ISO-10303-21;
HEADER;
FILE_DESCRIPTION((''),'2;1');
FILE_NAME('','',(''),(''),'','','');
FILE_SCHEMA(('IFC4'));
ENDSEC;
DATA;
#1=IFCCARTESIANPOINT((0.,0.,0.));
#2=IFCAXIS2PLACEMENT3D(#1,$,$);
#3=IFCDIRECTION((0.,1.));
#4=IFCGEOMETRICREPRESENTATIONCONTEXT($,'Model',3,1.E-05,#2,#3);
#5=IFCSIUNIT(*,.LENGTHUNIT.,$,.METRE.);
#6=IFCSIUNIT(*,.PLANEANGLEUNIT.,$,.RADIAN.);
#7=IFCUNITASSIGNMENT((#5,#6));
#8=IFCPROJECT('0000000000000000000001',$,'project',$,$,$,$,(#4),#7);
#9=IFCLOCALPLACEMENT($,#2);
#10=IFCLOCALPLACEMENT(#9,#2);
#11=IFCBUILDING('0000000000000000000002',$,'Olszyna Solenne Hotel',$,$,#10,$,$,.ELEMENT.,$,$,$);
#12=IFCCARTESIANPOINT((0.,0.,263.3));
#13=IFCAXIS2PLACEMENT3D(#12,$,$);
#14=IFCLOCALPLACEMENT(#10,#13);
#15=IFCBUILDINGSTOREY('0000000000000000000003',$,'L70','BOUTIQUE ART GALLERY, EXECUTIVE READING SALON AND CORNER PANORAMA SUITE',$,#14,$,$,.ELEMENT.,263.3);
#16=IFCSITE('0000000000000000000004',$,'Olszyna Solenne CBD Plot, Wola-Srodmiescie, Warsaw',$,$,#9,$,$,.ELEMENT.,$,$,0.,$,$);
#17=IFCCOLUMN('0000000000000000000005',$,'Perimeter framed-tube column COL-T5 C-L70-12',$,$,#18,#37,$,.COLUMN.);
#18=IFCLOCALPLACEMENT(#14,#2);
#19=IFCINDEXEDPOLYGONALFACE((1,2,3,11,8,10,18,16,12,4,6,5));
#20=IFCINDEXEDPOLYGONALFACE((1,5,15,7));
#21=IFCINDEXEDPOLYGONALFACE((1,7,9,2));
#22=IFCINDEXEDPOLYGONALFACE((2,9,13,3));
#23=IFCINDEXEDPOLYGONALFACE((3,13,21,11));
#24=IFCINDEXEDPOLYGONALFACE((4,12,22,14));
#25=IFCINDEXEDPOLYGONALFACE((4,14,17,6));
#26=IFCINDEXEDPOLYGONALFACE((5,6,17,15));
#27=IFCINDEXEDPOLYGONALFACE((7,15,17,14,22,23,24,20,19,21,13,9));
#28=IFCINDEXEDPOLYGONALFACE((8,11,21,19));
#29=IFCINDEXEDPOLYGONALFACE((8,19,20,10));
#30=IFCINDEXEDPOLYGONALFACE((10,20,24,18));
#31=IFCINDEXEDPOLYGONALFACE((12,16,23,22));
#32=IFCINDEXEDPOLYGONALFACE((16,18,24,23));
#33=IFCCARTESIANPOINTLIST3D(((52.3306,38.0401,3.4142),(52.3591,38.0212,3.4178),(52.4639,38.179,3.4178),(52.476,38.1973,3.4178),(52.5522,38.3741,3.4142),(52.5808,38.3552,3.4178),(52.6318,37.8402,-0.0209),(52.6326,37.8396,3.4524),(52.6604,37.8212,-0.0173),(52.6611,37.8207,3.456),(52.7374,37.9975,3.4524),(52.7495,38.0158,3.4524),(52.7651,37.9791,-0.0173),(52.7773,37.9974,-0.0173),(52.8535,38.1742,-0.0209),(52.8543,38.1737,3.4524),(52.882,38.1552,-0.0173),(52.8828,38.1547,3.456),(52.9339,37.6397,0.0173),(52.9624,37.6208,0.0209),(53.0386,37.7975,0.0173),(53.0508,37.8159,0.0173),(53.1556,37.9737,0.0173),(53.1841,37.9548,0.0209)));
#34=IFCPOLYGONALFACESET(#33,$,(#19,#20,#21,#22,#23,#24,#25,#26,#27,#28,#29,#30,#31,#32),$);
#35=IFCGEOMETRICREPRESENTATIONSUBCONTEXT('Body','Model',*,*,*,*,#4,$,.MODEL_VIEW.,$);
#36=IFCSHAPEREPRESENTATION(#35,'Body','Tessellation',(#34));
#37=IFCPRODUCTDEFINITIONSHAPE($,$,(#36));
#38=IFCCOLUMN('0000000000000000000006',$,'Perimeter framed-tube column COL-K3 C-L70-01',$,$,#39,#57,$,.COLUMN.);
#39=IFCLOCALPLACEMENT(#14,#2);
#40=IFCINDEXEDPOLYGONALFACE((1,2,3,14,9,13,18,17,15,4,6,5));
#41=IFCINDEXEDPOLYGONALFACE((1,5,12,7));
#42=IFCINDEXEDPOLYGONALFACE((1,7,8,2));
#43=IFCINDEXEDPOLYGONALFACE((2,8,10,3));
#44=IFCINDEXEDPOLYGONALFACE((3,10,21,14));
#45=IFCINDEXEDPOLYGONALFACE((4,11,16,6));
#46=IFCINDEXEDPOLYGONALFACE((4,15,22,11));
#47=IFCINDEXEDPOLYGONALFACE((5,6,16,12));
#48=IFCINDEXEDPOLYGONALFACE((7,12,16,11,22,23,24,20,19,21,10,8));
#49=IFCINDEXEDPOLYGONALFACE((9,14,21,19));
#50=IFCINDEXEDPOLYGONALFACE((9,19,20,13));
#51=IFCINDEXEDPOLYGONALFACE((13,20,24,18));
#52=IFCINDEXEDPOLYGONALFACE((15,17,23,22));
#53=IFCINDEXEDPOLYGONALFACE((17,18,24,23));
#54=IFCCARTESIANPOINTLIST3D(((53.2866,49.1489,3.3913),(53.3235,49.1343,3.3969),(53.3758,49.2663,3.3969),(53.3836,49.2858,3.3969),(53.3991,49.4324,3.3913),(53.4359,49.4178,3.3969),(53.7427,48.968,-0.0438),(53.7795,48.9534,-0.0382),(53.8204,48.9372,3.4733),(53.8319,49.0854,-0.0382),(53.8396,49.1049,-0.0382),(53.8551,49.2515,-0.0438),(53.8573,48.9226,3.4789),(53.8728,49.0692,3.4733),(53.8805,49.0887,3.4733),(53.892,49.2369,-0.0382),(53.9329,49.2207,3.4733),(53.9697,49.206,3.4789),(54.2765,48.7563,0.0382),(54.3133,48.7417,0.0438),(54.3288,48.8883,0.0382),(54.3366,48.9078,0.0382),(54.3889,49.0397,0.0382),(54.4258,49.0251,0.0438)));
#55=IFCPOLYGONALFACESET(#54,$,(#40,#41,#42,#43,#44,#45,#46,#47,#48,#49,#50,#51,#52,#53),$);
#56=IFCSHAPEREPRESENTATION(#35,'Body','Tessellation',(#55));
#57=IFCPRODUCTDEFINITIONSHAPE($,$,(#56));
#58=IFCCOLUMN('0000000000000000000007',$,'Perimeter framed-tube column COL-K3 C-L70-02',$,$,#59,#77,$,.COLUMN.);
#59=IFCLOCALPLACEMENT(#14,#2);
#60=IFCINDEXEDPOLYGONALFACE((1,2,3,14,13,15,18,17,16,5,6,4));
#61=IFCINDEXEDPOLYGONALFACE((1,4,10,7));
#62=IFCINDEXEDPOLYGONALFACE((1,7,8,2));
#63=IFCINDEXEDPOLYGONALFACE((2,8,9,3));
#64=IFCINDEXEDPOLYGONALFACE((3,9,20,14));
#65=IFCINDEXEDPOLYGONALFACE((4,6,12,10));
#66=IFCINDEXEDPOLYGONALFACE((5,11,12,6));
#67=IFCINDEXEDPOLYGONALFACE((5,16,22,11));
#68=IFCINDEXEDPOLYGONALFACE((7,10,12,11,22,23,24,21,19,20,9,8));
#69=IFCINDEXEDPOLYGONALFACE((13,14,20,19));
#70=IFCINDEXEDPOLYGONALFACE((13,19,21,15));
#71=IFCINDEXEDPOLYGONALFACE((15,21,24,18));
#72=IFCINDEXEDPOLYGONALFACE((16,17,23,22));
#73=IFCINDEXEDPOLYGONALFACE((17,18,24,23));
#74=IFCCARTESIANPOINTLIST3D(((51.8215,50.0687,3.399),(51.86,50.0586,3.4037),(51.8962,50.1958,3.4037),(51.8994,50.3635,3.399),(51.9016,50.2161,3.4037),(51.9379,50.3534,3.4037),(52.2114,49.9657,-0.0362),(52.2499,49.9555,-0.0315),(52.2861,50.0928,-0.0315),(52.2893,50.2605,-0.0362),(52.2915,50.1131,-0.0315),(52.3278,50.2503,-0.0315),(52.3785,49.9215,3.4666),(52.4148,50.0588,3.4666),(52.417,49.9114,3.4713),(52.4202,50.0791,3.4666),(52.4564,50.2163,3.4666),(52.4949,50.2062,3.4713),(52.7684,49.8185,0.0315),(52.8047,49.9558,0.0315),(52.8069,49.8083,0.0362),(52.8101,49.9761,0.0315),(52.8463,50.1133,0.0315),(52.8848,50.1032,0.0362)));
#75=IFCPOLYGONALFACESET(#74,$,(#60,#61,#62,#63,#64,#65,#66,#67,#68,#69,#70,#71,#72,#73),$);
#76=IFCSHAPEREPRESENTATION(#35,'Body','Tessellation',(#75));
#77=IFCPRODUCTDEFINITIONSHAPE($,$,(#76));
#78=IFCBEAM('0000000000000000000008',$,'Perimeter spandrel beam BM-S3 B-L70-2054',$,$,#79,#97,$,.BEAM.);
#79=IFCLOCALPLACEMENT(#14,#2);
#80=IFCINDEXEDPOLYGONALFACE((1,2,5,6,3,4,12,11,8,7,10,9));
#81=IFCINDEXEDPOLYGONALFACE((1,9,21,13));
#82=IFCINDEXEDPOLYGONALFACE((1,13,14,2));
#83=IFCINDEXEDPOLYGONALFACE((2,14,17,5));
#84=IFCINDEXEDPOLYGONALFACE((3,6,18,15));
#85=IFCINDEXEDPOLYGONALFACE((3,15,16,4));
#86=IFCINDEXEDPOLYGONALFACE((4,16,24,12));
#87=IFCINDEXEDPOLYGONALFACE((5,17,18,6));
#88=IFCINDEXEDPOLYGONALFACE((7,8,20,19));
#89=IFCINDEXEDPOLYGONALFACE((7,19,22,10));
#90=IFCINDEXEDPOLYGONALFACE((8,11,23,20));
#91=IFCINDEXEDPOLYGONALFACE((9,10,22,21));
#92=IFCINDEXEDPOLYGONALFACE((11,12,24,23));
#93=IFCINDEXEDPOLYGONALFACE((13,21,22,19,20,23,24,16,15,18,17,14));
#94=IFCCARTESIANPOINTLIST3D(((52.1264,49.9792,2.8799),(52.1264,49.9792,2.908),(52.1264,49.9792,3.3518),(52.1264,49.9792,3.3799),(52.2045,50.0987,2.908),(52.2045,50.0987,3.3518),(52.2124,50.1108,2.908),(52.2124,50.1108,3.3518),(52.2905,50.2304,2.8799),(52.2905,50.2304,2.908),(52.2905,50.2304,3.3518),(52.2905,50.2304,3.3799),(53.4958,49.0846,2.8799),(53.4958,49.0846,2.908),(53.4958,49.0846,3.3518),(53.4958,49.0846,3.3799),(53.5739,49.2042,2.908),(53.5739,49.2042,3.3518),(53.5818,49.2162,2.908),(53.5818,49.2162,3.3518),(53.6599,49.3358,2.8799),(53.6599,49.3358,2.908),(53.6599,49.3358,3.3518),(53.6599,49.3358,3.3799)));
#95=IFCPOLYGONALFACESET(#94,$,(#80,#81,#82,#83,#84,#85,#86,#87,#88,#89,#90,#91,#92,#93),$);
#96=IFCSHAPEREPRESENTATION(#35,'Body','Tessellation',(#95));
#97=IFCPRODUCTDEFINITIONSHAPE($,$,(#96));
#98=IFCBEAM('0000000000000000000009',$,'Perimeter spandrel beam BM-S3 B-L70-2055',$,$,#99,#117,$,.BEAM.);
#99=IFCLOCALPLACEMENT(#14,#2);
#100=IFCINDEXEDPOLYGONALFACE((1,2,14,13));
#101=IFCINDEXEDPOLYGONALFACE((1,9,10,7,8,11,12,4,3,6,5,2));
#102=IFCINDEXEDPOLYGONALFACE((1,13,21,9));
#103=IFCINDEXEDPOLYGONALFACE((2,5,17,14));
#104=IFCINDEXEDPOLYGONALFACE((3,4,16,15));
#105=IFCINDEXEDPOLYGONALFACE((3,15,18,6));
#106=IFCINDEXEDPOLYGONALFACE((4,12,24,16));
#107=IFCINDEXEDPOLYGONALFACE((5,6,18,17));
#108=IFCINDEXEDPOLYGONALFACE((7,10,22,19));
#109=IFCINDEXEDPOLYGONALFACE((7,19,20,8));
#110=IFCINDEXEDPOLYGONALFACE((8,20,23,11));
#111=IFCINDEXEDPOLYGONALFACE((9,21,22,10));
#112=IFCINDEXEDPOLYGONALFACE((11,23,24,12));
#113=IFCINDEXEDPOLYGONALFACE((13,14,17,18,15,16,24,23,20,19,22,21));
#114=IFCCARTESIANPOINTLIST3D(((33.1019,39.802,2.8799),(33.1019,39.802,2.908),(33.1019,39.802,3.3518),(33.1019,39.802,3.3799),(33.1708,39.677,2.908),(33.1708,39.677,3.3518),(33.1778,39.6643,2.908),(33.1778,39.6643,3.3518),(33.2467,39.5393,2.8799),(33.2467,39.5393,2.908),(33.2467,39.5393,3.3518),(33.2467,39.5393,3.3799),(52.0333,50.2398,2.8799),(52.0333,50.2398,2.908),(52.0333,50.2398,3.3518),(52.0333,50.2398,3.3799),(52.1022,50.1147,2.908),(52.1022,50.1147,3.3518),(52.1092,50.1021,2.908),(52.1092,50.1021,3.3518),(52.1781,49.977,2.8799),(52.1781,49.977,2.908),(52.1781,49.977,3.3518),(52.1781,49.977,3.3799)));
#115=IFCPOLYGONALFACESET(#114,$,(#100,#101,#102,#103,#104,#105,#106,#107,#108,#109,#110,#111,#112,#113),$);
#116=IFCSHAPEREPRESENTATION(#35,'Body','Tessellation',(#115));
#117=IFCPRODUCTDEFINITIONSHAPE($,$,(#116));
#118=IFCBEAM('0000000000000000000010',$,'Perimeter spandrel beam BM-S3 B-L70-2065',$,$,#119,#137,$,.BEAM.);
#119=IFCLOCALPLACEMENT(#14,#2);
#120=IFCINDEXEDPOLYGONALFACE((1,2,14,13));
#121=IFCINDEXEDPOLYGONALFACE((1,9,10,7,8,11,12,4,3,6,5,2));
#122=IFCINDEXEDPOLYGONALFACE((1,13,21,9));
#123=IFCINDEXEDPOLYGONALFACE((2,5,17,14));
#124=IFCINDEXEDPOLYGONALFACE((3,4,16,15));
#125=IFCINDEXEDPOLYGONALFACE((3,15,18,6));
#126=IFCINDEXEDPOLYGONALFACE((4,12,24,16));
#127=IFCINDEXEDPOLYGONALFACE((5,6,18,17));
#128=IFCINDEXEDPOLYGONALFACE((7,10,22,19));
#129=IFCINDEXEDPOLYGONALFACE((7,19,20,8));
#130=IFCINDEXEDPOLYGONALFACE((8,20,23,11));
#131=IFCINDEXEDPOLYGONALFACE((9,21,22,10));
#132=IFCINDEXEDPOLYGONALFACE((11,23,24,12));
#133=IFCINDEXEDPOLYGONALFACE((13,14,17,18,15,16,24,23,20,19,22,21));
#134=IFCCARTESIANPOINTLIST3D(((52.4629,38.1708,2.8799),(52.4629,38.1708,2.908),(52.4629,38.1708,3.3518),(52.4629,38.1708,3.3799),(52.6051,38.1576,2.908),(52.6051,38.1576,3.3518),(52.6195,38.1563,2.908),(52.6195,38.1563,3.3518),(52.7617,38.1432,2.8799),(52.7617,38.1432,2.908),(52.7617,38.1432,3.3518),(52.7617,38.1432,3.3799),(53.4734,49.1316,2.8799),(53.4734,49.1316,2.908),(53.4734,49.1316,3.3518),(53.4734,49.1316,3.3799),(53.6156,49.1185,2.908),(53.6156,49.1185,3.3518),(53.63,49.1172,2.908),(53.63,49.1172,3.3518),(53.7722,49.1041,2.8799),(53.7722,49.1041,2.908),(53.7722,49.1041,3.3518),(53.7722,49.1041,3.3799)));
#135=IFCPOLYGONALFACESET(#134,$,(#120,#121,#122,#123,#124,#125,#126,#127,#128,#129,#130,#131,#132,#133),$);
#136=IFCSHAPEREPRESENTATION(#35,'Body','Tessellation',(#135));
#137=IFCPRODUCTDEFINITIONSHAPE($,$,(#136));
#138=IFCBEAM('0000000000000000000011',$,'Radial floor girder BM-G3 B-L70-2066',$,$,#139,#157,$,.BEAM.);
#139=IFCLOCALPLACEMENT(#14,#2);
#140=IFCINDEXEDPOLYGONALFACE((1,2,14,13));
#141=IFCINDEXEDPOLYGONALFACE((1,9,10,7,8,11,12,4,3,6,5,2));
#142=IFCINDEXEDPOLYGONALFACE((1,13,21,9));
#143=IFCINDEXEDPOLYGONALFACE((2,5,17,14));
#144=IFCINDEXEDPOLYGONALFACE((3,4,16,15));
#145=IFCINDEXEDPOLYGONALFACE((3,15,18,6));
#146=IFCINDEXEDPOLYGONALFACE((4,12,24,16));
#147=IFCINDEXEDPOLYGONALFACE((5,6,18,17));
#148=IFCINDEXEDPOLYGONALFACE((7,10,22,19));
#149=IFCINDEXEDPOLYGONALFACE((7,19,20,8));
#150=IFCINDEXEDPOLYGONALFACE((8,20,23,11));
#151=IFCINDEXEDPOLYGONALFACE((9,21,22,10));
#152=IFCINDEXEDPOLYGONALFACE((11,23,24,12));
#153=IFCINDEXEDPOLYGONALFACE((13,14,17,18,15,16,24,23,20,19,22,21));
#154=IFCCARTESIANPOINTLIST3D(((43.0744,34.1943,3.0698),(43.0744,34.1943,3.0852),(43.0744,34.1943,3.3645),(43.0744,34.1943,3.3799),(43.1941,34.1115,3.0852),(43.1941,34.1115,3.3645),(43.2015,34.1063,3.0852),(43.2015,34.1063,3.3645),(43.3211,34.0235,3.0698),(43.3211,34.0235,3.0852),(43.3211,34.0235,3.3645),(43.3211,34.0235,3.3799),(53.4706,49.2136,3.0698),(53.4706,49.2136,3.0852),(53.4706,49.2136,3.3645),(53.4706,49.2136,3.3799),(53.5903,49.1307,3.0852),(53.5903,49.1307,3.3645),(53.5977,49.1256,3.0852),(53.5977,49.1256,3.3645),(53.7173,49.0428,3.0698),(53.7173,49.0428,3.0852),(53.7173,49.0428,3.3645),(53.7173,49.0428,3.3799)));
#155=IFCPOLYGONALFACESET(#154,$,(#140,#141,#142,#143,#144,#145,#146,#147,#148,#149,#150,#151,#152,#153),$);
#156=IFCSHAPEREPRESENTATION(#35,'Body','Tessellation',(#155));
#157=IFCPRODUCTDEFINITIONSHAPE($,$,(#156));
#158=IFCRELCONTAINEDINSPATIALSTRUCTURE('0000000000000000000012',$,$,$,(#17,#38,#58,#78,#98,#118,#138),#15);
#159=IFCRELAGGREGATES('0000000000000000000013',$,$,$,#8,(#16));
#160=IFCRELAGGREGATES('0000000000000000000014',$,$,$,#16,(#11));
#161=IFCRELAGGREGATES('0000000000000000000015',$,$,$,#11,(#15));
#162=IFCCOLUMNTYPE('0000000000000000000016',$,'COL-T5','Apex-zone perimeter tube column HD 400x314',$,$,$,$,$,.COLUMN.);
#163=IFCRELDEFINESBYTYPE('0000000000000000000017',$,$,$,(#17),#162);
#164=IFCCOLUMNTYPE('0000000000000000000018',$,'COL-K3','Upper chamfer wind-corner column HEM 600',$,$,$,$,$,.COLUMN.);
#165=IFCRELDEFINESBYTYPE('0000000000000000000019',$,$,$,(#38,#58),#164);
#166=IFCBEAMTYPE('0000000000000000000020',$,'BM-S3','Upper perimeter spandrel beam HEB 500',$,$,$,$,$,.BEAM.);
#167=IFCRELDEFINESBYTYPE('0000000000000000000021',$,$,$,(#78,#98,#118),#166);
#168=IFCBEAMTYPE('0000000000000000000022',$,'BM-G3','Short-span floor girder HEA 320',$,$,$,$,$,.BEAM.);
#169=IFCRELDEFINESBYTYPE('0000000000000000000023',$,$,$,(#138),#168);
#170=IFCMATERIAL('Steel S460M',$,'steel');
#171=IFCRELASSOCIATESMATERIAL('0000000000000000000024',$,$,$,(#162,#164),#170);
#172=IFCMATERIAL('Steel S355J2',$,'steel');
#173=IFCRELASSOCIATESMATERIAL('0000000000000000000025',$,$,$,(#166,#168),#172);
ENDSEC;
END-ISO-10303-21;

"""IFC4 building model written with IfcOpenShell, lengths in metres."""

from ifc_helpers import new_model, si_unit, direction, frame, origin, origin_2d, place, context, subcontext, project, spatial, i_section, extrude, source, transform, mapped, material, material_profile, profile_set, type_object, element, save


model = new_model("IFC4")

# Units and contexts
model_context = context("Model", 3, precision=1e-05, world=origin(), true_north=direction((0.0, 1.0)))
body_context = subcontext(model_context, "Body", "Model", "MODEL_VIEW")
ifc_project = project(units=[si_unit("LENGTHUNIT", "METRE"), si_unit("PLANEANGLEUNIT", "RADIAN")], contexts=[model_context])

# Site, building, storey
site_placement = place(None, origin())
site = spatial("IfcSite", under=ifc_project, at=site_placement, Name="Olszyna Solenne CBD Plot, Wola-Srodmiescie, Warsaw", CompositionType="ELEMENT", RefElevation=0.0)
building_placement = place(site_placement, origin())
building = spatial("IfcBuilding", under=site, at=building_placement, Name="Olszyna Solenne Hotel", CompositionType="ELEMENT")
storey_placement = place(building_placement, frame((0.0, 0.0, 263.3)))
storey = spatial("IfcBuildingStorey", under=building, at=storey_placement, Name="L70", Description="BOUTIQUE ART GALLERY, EXECUTIVE READING SALON AND CORNER PANORAMA SUITE", CompositionType="ELEMENT", Elevation=263.3)

# Columns
ifc_material_1 = material(Name="Steel S460M", Category="steel")
ifc_material_profile_1 = material_profile(ifc_material_1, i_section(OverallWidth=0.4009, OverallDepth=0.3989, WebThickness=0.022, FlangeThickness=0.0344, at=origin_2d()), Name="HD 400x314", Category="load-bearing")
ifc_profile_set_1 = profile_set([ifc_material_profile_1], Name="Steel S460M")
column_type_1 = type_object("IfcColumnType", Name="COL-T5", Description="Apex-zone perimeter tube column HD 400x314", PredefinedType="COLUMN", material=ifc_profile_set_1)
shared_shape_1 = source(origin(), body_context, "Body", "SweptSolid", [
    extrude(i_section(OverallWidth=0.4009, OverallDepth=0.3989, WebThickness=0.022, FlangeThickness=0.0344, at=origin_2d()), origin(), (0.0, 0.0, 1.0), 3.4541),
])
column_1_placement = place(storey_placement, frame((52.908, 37.8975, 0.0), z_axis=(-0.087222, 0.057889, 0.994505), x_axis=(-0.552985, -0.833191, 0.0)))
element("IfcColumn", 1, at=column_1_placement, inside=storey, type_object=column_type_1, Name="Perimeter framed-tube column COL-T5 C-L70-12", PredefinedType="COLUMN", context=body_context, shape_type="MappedRepresentation", body=[
    mapped(shared_shape_1, transform((0.0, 0.0, 0.0), x_axis=(1.0, 0.0, 0.0), y_axis=(0.0, 1.0, 0.0), z_axis=(0.0, 0.0, 1.0), scale=1.0)),
])
ifc_material_profile_2 = material_profile(ifc_material_1, i_section(OverallWidth=0.3049, OverallDepth=0.6201, WebThickness=0.021, FlangeThickness=0.04, at=origin_2d()), Name="HEM 600", Category="load-bearing")
ifc_profile_set_2 = profile_set([ifc_material_profile_2], Name="Steel S460M")
column_type_2 = type_object("IfcColumnType", Name="COL-K3", Description="Upper chamfer wind-corner column HEM 600", PredefinedType="COLUMN", material=ifc_profile_set_2)
shared_shape_2 = source(origin(), body_context, "Body", "SweptSolid", [
    extrude(i_section(OverallWidth=0.3049, OverallDepth=0.6201, WebThickness=0.021, FlangeThickness=0.04, at=origin_2d()), origin(), (0.0, 0.0, 1.0), 3.47),
])
column_2_placement = place(storey_placement, frame((54.0842, 48.9966, 0.0), z_axis=(-0.131431, 0.052136, 0.989953), x_axis=(-0.36873, -0.929537, 0.0)))
element("IfcColumn", 2, at=column_2_placement, inside=storey, type_object=column_type_2, Name="Perimeter framed-tube column COL-K3 C-L70-01", PredefinedType="COLUMN", context=body_context, shape_type="MappedRepresentation", body=[
    mapped(shared_shape_2, transform((0.0, 0.0, 0.0), x_axis=(1.0, 0.0, 0.0), y_axis=(0.0, 1.0, 0.0), z_axis=(0.0, 0.0, 1.0), scale=1.0)),
])
shared_shape_3 = source(origin(), body_context, "Body", "SweptSolid", [
    extrude(i_section(OverallWidth=0.3049, OverallDepth=0.6201, WebThickness=0.021, FlangeThickness=0.04, at=origin_2d()), origin(), (0.0, 0.0, 1.0), 3.4587),
])
column_3_placement = place(storey_placement, frame((52.5481, 50.0344, 0.0), z_axis=(-0.11273, 0.029788, 0.993179), x_axis=(-0.255477, -0.966815, 0.0)))
element("IfcColumn", 3, at=column_3_placement, inside=storey, type_object=column_type_2, Name="Perimeter framed-tube column COL-K3 C-L70-02", PredefinedType="COLUMN", context=body_context, shape_type="MappedRepresentation", body=[
    mapped(shared_shape_3, transform((0.0, 0.0, 0.0), x_axis=(1.0, 0.0, 0.0), y_axis=(0.0, 1.0, 0.0), z_axis=(0.0, 0.0, 1.0), scale=1.0)),
])

# Beams
ifc_material_2 = material(Name="Steel S355J2", Category="steel")
ifc_material_profile_3 = material_profile(ifc_material_2, i_section(OverallWidth=0.3, OverallDepth=0.5, WebThickness=0.0144, FlangeThickness=0.0281, at=origin_2d()), Name="HEB 500", Category="load-bearing")
ifc_profile_set_3 = profile_set([ifc_material_profile_3], Name="Steel S355J2")
beam_type_1 = type_object("IfcBeamType", Name="BM-S3", Description="Upper perimeter spandrel beam HEB 500", PredefinedType="BEAM", material=ifc_profile_set_3)
shared_shape_4 = source(origin(), body_context, "Body", "SweptSolid", [
    extrude(i_section(OverallWidth=0.3, OverallDepth=0.5, WebThickness=0.0144, FlangeThickness=0.0281, at=origin_2d()), origin(), (0.0, 0.0, 1.0), 1.6357),
])
beam_1_placement = place(storey_placement, frame((53.5779, 49.2102, 3.1299), z_axis=(-0.837204, 0.546891, 0.0), x_axis=(-0.546891, -0.837204, 0.0)))
element("IfcBeam", 4, at=beam_1_placement, inside=storey, type_object=beam_type_1, Name="Perimeter spandrel beam BM-S3 B-L70-2054", PredefinedType="BEAM", context=body_context, shape_type="MappedRepresentation", body=[
    mapped(shared_shape_4, transform((0.0, 0.0, 0.0), x_axis=(1.0, 0.0, 0.0), y_axis=(0.0, 1.0, 0.0), z_axis=(0.0, 0.0, 1.0), scale=1.0)),
])
shared_shape_5 = source(origin(), body_context, "Body", "SweptSolid", [
    extrude(i_section(OverallWidth=0.3, OverallDepth=0.5, WebThickness=0.0144, FlangeThickness=0.0281, at=origin_2d()), origin(), (0.0, 0.0, 1.0), 21.6182),
])
beam_2_placement = place(storey_placement, frame((52.1057, 50.1084, 3.1299), z_axis=(-0.875718, -0.482823, 0.0), x_axis=(0.482823, -0.875718, 0.0)))
element("IfcBeam", 5, at=beam_2_placement, inside=storey, type_object=beam_type_1, Name="Perimeter spandrel beam BM-S3 B-L70-2055", PredefinedType="BEAM", context=body_context, shape_type="MappedRepresentation", body=[
    mapped(shared_shape_5, transform((0.0, 0.0, 0.0), x_axis=(1.0, 0.0, 0.0), y_axis=(0.0, 1.0, 0.0), z_axis=(0.0, 0.0, 1.0), scale=1.0)),
])
shared_shape_6 = source(origin(), body_context, "Body", "SweptSolid", [
    extrude(i_section(OverallWidth=0.3, OverallDepth=0.5, WebThickness=0.0144, FlangeThickness=0.0281, at=origin_2d()), origin(), (0.0, 0.0, 1.0), 11.0073),
])
beam_3_placement = place(storey_placement, frame((52.6123, 38.157, 3.1299), z_axis=(0.091802, 0.995777, 0.0), x_axis=(-0.995777, 0.091802, 0.0)))
element("IfcBeam", 6, at=beam_3_placement, inside=storey, type_object=beam_type_1, Name="Perimeter spandrel beam BM-S3 B-L70-2065", PredefinedType="BEAM", context=body_context, shape_type="MappedRepresentation", body=[
    mapped(shared_shape_6, transform((0.0, 0.0, 0.0), x_axis=(1.0, 0.0, 0.0), y_axis=(0.0, 1.0, 0.0), z_axis=(0.0, 0.0, 1.0), scale=1.0)),
])
ifc_material_profile_4 = material_profile(ifc_material_2, i_section(OverallWidth=0.3, OverallDepth=0.3101, WebThickness=0.009, FlangeThickness=0.0154, at=origin_2d()), Name="HEA 320", Category="load-bearing")
ifc_profile_set_4 = profile_set([ifc_material_profile_4], Name="Steel S355J2")
beam_type_2 = type_object("IfcBeamType", Name="BM-G3", Description="Short-span floor girder HEA 320", PredefinedType="BEAM", material=ifc_profile_set_4)
shared_shape_7 = source(origin(), body_context, "Body", "SweptSolid", [
    extrude(i_section(OverallWidth=0.3, OverallDepth=0.3101, WebThickness=0.009, FlangeThickness=0.0154, at=origin_2d()), origin(), (0.0, 0.0, 1.0), 18.2664),
])
beam_4_placement = place(storey_placement, frame((53.594, 49.1282, 3.2249), z_axis=(-0.569146, -0.822236, 0.0), x_axis=(0.822236, -0.569146, 0.0)))
element("IfcBeam", 7, at=beam_4_placement, inside=storey, type_object=beam_type_2, Name="Radial floor girder BM-G3 B-L70-2066", PredefinedType="BEAM", context=body_context, shape_type="MappedRepresentation", body=[
    mapped(shared_shape_7, transform((0.0, 0.0, 0.0), x_axis=(1.0, 0.0, 0.0), y_axis=(0.0, 1.0, 0.0), z_axis=(0.0, 0.0, 1.0), scale=1.0)),
])

save(model, "model.ifc")
